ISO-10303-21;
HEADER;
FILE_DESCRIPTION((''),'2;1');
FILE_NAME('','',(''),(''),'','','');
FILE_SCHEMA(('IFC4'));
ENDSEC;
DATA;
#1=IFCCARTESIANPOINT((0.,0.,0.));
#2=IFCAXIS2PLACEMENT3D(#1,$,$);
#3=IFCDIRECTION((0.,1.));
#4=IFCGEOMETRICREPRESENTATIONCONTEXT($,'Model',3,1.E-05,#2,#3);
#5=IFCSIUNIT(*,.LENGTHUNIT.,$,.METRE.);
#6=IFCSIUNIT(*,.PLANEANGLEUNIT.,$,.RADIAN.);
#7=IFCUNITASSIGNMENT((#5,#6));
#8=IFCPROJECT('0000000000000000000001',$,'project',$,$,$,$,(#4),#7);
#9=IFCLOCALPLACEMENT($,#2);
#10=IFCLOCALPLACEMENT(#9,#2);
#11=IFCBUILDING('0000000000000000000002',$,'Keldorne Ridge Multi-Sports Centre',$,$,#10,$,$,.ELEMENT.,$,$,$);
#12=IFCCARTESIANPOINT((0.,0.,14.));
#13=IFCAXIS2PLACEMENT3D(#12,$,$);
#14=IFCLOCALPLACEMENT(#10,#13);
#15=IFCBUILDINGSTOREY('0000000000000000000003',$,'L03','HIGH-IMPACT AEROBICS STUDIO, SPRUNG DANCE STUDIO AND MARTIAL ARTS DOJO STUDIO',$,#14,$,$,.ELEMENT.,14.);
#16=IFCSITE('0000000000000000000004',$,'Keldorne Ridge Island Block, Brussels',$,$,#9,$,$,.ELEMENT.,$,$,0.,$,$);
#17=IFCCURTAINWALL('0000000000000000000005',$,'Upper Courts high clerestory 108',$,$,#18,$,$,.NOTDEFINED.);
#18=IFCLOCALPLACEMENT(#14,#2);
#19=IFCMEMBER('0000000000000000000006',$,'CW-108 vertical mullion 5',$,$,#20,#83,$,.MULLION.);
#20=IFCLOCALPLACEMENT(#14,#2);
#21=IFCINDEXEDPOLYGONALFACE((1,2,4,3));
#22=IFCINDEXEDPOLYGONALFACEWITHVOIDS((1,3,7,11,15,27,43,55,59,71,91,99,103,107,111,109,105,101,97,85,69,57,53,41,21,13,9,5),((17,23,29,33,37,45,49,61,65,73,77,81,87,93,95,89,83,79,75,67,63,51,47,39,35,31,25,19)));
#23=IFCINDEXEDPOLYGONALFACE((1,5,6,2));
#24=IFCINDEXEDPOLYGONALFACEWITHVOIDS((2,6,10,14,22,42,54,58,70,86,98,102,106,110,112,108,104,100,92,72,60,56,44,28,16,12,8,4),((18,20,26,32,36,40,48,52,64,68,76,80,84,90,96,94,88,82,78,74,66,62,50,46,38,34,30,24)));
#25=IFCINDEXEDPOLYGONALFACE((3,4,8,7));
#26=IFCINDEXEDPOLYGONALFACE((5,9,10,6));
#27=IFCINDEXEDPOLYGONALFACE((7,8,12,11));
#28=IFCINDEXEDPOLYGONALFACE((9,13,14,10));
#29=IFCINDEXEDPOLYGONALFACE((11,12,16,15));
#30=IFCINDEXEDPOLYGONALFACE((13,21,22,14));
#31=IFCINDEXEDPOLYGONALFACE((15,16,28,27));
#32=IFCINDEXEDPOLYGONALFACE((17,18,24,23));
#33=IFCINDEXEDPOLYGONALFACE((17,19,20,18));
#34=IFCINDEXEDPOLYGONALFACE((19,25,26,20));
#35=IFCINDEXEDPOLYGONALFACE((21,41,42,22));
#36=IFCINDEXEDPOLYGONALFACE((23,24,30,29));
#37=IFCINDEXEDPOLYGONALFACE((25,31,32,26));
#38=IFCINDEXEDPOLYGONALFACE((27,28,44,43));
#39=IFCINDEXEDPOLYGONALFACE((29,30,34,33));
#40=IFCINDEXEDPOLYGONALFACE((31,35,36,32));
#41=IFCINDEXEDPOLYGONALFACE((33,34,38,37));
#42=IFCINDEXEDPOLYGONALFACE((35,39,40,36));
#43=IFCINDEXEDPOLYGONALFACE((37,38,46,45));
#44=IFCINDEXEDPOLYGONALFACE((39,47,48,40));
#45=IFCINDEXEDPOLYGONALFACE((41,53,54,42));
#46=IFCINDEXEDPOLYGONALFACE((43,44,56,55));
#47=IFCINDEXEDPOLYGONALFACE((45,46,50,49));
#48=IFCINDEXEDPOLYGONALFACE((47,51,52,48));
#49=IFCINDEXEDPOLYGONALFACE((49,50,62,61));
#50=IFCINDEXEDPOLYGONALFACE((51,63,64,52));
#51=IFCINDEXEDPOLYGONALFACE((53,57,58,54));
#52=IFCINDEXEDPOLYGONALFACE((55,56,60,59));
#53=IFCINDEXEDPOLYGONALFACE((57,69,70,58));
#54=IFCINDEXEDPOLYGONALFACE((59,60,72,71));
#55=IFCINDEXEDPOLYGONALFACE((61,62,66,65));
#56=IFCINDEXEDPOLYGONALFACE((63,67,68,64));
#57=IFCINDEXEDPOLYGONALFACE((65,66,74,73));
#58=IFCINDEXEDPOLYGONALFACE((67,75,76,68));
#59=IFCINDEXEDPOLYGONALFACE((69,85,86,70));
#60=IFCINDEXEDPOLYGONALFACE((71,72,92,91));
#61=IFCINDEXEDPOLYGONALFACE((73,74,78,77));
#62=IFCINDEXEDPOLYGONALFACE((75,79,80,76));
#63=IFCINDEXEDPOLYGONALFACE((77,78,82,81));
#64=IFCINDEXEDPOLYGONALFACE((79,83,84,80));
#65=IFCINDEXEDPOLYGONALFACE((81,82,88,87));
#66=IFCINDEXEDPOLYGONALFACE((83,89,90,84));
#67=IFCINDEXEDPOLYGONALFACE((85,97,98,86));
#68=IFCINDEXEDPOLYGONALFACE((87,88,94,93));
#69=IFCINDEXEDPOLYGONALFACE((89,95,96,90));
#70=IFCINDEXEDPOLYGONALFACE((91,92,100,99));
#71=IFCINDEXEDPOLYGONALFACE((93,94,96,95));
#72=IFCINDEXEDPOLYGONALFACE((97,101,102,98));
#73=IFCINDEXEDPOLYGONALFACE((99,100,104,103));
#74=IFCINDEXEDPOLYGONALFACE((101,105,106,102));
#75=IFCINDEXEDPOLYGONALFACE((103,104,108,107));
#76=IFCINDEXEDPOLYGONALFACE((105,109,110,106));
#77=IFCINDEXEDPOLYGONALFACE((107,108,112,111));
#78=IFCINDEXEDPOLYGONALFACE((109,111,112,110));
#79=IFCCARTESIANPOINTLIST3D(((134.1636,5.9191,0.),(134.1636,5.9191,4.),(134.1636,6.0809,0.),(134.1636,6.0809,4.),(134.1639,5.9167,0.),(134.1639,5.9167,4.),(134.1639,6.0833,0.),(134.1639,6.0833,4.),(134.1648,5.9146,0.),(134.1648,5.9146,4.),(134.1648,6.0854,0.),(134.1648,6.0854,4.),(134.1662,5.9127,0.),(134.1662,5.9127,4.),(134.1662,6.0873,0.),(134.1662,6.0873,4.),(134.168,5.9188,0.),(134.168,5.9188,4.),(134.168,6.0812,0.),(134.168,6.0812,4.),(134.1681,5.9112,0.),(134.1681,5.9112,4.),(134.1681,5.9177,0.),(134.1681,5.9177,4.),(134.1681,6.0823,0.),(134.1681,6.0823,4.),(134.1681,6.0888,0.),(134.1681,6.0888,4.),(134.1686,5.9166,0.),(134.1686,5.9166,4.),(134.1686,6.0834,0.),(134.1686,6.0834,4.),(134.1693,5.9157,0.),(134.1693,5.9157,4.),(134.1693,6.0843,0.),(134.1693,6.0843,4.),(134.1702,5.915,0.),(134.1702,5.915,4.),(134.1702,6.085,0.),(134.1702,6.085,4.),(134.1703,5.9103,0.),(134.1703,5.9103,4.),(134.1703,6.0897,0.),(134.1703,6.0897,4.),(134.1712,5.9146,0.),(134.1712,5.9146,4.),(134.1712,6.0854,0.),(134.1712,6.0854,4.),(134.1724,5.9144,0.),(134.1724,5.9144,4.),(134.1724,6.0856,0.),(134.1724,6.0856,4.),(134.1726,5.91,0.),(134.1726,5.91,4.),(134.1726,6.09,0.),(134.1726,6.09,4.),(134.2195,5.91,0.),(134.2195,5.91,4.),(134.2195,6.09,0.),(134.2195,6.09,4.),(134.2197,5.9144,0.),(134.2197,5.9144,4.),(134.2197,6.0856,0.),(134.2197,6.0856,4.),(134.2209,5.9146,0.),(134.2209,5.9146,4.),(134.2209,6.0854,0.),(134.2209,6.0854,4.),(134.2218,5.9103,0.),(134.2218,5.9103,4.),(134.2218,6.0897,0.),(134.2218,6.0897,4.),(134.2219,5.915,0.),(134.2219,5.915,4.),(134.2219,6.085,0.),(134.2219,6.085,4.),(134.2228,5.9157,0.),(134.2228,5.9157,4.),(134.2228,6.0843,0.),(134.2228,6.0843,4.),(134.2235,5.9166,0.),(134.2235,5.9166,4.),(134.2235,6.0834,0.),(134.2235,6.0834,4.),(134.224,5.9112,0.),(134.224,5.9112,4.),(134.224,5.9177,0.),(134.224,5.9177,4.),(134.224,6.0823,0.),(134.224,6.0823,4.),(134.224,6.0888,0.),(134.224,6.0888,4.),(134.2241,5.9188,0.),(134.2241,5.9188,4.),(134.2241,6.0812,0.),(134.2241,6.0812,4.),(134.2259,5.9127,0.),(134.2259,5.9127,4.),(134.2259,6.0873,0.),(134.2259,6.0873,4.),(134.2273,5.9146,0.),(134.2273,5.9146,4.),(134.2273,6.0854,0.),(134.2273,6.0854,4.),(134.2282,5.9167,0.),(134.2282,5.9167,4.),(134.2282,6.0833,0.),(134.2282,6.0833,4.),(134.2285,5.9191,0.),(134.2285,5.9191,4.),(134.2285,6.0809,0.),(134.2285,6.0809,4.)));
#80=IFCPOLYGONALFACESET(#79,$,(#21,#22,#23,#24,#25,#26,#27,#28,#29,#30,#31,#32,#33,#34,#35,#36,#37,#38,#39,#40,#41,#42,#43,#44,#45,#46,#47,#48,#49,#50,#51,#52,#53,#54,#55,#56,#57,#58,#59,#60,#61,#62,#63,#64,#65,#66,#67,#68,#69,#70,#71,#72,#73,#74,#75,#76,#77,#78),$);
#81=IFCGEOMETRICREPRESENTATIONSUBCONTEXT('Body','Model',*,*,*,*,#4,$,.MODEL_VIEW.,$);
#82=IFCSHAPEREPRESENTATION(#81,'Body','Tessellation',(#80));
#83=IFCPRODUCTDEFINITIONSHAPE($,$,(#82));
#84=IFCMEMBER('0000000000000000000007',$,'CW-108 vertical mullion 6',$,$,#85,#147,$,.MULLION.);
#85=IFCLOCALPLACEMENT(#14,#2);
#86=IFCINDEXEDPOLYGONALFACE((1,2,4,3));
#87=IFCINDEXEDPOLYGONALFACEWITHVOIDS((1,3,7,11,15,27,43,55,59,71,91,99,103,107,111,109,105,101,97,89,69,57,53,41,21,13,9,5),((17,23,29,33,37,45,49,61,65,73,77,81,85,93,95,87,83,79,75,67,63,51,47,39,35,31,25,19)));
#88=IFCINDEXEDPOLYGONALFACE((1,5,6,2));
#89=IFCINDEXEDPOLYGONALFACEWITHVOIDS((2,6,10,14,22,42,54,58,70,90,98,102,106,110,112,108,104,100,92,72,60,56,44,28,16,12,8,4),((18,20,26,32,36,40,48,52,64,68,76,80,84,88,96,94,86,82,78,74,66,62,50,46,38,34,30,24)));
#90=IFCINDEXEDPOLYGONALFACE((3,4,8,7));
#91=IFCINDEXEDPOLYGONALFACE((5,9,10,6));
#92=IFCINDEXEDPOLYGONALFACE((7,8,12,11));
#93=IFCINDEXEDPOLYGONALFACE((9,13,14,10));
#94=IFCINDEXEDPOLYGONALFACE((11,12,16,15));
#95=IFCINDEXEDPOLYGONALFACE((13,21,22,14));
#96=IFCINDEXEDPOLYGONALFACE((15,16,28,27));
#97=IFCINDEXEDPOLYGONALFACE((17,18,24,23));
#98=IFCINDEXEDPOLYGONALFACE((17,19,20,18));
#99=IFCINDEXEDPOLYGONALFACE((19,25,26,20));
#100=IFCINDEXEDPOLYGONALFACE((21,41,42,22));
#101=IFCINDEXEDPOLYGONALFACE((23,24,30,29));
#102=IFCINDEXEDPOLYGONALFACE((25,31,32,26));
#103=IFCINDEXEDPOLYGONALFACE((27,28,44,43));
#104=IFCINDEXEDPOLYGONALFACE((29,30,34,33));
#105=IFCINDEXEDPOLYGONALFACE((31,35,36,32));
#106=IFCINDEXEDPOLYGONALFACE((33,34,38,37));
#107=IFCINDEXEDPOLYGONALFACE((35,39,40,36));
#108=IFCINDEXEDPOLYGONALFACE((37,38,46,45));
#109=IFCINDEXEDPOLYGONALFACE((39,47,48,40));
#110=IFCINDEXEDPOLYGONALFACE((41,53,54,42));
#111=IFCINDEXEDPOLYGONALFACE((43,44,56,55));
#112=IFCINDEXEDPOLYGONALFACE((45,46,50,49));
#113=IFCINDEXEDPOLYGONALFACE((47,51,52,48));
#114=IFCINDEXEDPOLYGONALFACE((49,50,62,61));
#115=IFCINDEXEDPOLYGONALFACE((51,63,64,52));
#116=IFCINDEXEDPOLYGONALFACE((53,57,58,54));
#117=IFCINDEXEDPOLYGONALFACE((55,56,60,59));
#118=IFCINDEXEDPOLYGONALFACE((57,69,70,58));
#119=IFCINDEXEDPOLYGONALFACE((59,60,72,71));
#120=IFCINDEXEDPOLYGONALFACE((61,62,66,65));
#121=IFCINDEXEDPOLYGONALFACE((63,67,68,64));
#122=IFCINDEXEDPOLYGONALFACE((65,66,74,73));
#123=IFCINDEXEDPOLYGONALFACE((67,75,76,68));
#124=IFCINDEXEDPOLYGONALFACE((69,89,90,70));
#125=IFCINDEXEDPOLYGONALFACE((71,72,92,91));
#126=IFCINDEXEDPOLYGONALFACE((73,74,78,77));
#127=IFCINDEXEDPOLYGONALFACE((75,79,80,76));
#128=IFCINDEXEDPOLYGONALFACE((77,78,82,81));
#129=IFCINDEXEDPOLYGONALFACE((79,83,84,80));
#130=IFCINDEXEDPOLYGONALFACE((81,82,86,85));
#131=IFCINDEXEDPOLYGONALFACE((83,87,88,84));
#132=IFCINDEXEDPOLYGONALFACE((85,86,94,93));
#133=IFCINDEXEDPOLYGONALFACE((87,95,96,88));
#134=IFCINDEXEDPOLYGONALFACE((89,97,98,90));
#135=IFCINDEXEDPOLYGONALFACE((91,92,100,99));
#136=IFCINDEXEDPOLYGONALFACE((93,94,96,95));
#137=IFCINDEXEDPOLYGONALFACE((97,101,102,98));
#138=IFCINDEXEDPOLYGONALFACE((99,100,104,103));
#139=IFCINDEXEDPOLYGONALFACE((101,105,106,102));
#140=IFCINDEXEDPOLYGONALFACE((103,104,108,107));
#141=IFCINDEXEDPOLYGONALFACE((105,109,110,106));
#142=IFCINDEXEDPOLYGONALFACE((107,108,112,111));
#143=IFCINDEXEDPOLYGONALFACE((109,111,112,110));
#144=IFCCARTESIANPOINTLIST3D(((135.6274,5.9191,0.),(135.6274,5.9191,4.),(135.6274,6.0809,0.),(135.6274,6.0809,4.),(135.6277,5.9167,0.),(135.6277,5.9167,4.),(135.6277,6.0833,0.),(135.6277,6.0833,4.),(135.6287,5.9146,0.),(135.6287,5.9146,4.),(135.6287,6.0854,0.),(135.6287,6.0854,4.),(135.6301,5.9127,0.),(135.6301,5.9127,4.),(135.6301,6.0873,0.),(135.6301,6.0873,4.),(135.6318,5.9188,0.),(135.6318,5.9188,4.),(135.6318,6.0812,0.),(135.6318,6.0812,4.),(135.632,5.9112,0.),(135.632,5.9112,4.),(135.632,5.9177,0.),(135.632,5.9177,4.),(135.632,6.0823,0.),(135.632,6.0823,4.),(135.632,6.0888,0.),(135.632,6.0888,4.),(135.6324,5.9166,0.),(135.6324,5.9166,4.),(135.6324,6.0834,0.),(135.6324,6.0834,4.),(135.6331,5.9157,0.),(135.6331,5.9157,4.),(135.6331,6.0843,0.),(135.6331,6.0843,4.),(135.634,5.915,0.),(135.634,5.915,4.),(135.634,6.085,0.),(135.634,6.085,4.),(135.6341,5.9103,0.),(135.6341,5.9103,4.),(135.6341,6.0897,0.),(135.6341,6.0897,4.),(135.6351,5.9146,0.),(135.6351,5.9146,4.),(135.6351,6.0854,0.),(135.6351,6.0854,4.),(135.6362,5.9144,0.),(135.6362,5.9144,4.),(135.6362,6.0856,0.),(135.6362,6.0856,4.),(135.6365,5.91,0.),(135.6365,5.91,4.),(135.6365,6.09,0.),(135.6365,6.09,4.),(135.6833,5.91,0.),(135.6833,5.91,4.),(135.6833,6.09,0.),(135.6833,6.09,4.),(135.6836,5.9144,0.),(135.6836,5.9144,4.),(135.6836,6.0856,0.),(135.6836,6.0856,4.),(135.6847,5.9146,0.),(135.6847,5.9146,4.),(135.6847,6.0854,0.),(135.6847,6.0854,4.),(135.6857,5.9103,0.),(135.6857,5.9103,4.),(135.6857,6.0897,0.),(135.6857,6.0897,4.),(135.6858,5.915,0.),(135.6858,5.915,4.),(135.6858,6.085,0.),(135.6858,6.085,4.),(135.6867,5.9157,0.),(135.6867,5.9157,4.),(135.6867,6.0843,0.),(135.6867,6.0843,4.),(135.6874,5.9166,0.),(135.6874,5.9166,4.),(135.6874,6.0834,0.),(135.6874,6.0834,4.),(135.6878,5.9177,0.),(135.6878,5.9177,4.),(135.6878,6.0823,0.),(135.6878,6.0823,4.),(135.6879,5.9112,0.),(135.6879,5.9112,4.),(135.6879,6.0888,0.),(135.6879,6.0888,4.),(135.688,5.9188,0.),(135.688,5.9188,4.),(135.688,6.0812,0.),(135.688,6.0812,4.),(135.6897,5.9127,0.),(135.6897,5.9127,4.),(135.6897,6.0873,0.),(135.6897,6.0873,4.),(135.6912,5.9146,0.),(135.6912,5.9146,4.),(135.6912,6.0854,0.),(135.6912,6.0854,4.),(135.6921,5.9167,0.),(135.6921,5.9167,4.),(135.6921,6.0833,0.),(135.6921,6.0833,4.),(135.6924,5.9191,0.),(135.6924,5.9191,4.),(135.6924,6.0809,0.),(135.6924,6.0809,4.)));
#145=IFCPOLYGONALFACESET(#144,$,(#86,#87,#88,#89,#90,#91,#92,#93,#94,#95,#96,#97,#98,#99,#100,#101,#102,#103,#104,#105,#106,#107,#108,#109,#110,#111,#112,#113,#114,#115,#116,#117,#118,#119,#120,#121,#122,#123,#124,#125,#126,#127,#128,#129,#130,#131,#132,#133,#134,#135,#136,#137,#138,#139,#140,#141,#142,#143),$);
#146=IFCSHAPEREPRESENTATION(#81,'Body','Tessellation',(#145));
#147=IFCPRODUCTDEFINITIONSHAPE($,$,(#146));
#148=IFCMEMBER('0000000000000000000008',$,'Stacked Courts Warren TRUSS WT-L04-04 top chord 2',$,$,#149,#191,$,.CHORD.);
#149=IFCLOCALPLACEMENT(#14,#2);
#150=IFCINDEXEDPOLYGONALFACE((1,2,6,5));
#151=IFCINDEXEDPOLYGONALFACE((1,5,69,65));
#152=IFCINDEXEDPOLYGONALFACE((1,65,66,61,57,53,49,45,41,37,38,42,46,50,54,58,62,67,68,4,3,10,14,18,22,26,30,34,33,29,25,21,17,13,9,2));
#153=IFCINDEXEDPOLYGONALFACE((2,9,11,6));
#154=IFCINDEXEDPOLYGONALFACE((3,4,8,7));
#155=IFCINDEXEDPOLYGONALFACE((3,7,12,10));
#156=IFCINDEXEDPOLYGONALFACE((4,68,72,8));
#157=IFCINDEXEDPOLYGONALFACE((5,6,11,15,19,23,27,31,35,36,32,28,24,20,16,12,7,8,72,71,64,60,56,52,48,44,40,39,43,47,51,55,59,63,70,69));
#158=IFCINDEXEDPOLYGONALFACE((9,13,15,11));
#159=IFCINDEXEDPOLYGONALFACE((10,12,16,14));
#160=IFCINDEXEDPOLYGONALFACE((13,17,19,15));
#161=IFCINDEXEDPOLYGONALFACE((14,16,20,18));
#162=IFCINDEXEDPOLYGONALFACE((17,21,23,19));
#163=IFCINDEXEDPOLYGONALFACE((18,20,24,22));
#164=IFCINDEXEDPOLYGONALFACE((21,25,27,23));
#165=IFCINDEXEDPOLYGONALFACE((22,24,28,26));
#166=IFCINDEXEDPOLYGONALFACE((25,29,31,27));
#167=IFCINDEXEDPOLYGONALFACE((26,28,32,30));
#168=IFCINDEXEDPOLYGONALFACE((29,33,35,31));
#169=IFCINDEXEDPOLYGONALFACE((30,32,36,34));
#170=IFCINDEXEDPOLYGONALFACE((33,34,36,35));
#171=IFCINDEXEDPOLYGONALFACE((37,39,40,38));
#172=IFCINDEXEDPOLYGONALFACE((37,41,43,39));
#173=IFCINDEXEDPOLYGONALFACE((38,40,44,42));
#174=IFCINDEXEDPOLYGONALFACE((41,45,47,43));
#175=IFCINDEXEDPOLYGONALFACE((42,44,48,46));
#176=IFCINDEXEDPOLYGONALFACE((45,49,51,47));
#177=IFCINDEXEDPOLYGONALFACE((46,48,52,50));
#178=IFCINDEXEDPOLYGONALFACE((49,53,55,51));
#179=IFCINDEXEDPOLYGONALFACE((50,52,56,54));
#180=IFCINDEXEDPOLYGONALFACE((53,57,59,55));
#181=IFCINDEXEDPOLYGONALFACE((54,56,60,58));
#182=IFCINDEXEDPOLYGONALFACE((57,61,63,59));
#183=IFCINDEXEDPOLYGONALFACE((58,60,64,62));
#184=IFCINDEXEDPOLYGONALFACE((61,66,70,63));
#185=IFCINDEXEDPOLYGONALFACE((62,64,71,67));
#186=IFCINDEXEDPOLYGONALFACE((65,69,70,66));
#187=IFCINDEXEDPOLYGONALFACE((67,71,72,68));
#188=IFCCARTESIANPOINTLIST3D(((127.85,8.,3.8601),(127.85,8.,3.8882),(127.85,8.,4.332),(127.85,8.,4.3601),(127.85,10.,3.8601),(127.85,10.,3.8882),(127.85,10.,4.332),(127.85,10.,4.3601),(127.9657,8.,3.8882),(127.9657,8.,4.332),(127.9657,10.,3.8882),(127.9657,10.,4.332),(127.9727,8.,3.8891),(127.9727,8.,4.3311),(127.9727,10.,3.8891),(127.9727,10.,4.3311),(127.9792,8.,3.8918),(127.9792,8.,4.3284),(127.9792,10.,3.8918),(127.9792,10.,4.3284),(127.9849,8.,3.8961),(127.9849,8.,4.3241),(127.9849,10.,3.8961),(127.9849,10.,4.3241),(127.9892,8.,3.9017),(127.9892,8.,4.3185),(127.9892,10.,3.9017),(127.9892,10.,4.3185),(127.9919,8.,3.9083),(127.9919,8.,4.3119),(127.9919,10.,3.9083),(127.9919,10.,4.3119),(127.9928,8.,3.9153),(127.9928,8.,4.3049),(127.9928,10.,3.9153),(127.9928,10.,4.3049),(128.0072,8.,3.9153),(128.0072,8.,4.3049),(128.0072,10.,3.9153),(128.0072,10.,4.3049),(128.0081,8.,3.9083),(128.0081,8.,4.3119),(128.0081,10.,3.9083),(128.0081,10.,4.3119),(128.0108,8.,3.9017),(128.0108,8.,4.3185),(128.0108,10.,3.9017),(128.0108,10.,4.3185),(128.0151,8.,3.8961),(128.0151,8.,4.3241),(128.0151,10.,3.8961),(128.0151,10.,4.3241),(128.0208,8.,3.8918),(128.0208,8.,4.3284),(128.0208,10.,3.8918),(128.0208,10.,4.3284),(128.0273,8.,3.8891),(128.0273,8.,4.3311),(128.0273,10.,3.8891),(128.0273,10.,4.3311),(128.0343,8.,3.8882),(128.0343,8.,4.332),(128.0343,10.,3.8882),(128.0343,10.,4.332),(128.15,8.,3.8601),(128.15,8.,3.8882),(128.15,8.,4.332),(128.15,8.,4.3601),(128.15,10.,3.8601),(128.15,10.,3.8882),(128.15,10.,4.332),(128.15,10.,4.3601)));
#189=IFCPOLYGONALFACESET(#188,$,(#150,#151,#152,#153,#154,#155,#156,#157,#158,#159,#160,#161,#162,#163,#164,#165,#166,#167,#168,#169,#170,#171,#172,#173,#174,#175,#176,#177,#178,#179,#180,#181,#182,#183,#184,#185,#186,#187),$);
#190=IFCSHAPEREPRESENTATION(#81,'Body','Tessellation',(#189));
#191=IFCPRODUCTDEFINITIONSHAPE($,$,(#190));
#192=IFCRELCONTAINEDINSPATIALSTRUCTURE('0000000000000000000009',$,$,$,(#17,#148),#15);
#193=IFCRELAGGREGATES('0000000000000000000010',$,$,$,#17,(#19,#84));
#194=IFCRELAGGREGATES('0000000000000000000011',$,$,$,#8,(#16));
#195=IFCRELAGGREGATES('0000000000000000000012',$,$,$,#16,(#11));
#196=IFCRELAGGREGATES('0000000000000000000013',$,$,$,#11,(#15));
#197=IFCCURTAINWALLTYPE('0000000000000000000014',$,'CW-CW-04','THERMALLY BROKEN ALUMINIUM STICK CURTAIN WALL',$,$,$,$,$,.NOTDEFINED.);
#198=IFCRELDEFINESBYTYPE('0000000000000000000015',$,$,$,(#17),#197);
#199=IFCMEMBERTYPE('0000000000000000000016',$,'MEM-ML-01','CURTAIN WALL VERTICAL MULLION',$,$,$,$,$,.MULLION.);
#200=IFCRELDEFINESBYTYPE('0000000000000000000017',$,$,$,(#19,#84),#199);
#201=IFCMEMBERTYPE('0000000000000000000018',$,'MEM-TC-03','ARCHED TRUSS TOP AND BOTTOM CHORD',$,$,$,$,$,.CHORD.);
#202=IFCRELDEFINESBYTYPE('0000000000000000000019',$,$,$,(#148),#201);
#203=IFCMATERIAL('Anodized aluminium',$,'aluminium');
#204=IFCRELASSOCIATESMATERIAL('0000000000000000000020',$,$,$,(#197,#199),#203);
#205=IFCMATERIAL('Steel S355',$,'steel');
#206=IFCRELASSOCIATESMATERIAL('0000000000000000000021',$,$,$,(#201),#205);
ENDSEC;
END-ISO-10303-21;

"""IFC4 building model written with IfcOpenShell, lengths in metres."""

from ifc_helpers import new_model, si_unit, direction, frame, origin, origin_2d, place, context, subcontext, project, spatial, hollow_rectangle, i_section, extrude, material, material_profile, profile_set, type_object, element, aggregate, save


model = new_model("IFC4")

# Units and contexts
model_context = context("Model", 3, precision=1e-05, world=origin(), true_north=direction((0.0, 1.0)))
body_context = subcontext(model_context, "Body", "Model", "MODEL_VIEW")
ifc_project = project(units=[si_unit("LENGTHUNIT", "METRE"), si_unit("PLANEANGLEUNIT", "RADIAN")], contexts=[model_context])

# Site, building, storey
site_placement = place(None, origin())
site = spatial("IfcSite", under=ifc_project, at=site_placement, Name="Keldorne Ridge Island Block, Brussels", CompositionType="ELEMENT", RefElevation=0.0)
building_placement = place(site_placement, origin())
building = spatial("IfcBuilding", under=site, at=building_placement, Name="Keldorne Ridge Multi-Sports Centre", CompositionType="ELEMENT")
storey_placement = place(building_placement, frame((0.0, 0.0, 14.0)))
storey = spatial("IfcBuildingStorey", under=building, at=storey_placement, Name="L03", Description="HIGH-IMPACT AEROBICS STUDIO, SPRUNG DANCE STUDIO AND MARTIAL ARTS DOJO STUDIO", CompositionType="ELEMENT", Elevation=14.0)

# Curtain wall, members
ifc_material_1 = material(Name="Anodized aluminium", Category="aluminium")
curtain_wall_type = type_object("IfcCurtainWallType", Name="CW-CW-04", Description="THERMALLY BROKEN ALUMINIUM STICK CURTAIN WALL", PredefinedType="NOTDEFINED", material=ifc_material_1)
curtain_wall_placement = place(storey_placement, origin())
curtain_wall = element("IfcCurtainWall", 1, at=curtain_wall_placement, inside=storey, type_object=curtain_wall_type, Name="Upper Courts high clerestory 108", PredefinedType="NOTDEFINED")
ifc_material_profile_1 = material_profile(ifc_material_1, hollow_rectangle(XDim=0.0649, YDim=0.1799, WallThickness=0.0044, InnerFilletRadius=0.0044, OuterFilletRadius=0.009, at=origin_2d()), Name="ALU MULLION 180x65x4.5")
ifc_profile_set_1 = profile_set([ifc_material_profile_1], Name="Anodized aluminium")
member_type_1 = type_object("IfcMemberType", Name="MEM-ML-01", Description="CURTAIN WALL VERTICAL MULLION", PredefinedType="MULLION", material=ifc_profile_set_1)
member_1_placement = place(storey_placement, frame((134.196, 6.0, 0.0), z_axis=(0.0, 0.0, 1.0), x_axis=(1.0, 0.0, 0.0)))
member_1 = element("IfcMember", 2, at=member_1_placement, type_object=member_type_1, Name="CW-108 vertical mullion 5", PredefinedType="MULLION", context=body_context, shape_type="SweptSolid", body=[
    extrude(hollow_rectangle(XDim=0.0649, YDim=0.1799, WallThickness=0.0044, InnerFilletRadius=0.0044, OuterFilletRadius=0.009, at=origin_2d()), origin(), (0.0, 0.0, 1.0), 4.0),
])
member_2_placement = place(storey_placement, frame((135.6599, 6.0, 0.0), z_axis=(0.0, 0.0, 1.0), x_axis=(1.0, 0.0, 0.0)))
member_2 = element("IfcMember", 3, at=member_2_placement, type_object=member_type_1, Name="CW-108 vertical mullion 6", PredefinedType="MULLION", context=body_context, shape_type="SweptSolid", body=[
    extrude(hollow_rectangle(XDim=0.0649, YDim=0.1799, WallThickness=0.0044, InnerFilletRadius=0.0044, OuterFilletRadius=0.009, at=origin_2d()), origin(), (0.0, 0.0, 1.0), 4.0),
])

# Member
ifc_material_2 = material(Name="Steel S355", Category="steel")
ifc_material_profile_2 = material_profile(ifc_material_2, i_section(OverallWidth=0.3, OverallDepth=0.5, WebThickness=0.0144, FlangeThickness=0.0281, FilletRadius=0.0271, at=origin_2d()), Name="HEB 500")
ifc_profile_set_2 = profile_set([ifc_material_profile_2], Name="Steel S355")
member_type_2 = type_object("IfcMemberType", Name="MEM-TC-03", Description="ARCHED TRUSS TOP AND BOTTOM CHORD", PredefinedType="CHORD", material=ifc_profile_set_2)
member_3_placement = place(storey_placement, frame((128.0, 8.0, 4.1101), z_axis=(0.0, 1.0, 0.0), x_axis=(-1.0, 0.0, 0.0)))
element("IfcMember", 4, at=member_3_placement, inside=storey, type_object=member_type_2, Name="Stacked Courts Warren TRUSS WT-L04-04 top chord 2", PredefinedType="CHORD", context=body_context, shape_type="SweptSolid", body=[
    extrude(i_section(OverallWidth=0.3, OverallDepth=0.5, WebThickness=0.0144, FlangeThickness=0.0281, FilletRadius=0.0271, at=origin_2d()), origin(), (0.0, 0.0, 1.0), 2.0),
])

aggregate(curtain_wall, [member_1, member_2])

save(model, "model.ifc")
